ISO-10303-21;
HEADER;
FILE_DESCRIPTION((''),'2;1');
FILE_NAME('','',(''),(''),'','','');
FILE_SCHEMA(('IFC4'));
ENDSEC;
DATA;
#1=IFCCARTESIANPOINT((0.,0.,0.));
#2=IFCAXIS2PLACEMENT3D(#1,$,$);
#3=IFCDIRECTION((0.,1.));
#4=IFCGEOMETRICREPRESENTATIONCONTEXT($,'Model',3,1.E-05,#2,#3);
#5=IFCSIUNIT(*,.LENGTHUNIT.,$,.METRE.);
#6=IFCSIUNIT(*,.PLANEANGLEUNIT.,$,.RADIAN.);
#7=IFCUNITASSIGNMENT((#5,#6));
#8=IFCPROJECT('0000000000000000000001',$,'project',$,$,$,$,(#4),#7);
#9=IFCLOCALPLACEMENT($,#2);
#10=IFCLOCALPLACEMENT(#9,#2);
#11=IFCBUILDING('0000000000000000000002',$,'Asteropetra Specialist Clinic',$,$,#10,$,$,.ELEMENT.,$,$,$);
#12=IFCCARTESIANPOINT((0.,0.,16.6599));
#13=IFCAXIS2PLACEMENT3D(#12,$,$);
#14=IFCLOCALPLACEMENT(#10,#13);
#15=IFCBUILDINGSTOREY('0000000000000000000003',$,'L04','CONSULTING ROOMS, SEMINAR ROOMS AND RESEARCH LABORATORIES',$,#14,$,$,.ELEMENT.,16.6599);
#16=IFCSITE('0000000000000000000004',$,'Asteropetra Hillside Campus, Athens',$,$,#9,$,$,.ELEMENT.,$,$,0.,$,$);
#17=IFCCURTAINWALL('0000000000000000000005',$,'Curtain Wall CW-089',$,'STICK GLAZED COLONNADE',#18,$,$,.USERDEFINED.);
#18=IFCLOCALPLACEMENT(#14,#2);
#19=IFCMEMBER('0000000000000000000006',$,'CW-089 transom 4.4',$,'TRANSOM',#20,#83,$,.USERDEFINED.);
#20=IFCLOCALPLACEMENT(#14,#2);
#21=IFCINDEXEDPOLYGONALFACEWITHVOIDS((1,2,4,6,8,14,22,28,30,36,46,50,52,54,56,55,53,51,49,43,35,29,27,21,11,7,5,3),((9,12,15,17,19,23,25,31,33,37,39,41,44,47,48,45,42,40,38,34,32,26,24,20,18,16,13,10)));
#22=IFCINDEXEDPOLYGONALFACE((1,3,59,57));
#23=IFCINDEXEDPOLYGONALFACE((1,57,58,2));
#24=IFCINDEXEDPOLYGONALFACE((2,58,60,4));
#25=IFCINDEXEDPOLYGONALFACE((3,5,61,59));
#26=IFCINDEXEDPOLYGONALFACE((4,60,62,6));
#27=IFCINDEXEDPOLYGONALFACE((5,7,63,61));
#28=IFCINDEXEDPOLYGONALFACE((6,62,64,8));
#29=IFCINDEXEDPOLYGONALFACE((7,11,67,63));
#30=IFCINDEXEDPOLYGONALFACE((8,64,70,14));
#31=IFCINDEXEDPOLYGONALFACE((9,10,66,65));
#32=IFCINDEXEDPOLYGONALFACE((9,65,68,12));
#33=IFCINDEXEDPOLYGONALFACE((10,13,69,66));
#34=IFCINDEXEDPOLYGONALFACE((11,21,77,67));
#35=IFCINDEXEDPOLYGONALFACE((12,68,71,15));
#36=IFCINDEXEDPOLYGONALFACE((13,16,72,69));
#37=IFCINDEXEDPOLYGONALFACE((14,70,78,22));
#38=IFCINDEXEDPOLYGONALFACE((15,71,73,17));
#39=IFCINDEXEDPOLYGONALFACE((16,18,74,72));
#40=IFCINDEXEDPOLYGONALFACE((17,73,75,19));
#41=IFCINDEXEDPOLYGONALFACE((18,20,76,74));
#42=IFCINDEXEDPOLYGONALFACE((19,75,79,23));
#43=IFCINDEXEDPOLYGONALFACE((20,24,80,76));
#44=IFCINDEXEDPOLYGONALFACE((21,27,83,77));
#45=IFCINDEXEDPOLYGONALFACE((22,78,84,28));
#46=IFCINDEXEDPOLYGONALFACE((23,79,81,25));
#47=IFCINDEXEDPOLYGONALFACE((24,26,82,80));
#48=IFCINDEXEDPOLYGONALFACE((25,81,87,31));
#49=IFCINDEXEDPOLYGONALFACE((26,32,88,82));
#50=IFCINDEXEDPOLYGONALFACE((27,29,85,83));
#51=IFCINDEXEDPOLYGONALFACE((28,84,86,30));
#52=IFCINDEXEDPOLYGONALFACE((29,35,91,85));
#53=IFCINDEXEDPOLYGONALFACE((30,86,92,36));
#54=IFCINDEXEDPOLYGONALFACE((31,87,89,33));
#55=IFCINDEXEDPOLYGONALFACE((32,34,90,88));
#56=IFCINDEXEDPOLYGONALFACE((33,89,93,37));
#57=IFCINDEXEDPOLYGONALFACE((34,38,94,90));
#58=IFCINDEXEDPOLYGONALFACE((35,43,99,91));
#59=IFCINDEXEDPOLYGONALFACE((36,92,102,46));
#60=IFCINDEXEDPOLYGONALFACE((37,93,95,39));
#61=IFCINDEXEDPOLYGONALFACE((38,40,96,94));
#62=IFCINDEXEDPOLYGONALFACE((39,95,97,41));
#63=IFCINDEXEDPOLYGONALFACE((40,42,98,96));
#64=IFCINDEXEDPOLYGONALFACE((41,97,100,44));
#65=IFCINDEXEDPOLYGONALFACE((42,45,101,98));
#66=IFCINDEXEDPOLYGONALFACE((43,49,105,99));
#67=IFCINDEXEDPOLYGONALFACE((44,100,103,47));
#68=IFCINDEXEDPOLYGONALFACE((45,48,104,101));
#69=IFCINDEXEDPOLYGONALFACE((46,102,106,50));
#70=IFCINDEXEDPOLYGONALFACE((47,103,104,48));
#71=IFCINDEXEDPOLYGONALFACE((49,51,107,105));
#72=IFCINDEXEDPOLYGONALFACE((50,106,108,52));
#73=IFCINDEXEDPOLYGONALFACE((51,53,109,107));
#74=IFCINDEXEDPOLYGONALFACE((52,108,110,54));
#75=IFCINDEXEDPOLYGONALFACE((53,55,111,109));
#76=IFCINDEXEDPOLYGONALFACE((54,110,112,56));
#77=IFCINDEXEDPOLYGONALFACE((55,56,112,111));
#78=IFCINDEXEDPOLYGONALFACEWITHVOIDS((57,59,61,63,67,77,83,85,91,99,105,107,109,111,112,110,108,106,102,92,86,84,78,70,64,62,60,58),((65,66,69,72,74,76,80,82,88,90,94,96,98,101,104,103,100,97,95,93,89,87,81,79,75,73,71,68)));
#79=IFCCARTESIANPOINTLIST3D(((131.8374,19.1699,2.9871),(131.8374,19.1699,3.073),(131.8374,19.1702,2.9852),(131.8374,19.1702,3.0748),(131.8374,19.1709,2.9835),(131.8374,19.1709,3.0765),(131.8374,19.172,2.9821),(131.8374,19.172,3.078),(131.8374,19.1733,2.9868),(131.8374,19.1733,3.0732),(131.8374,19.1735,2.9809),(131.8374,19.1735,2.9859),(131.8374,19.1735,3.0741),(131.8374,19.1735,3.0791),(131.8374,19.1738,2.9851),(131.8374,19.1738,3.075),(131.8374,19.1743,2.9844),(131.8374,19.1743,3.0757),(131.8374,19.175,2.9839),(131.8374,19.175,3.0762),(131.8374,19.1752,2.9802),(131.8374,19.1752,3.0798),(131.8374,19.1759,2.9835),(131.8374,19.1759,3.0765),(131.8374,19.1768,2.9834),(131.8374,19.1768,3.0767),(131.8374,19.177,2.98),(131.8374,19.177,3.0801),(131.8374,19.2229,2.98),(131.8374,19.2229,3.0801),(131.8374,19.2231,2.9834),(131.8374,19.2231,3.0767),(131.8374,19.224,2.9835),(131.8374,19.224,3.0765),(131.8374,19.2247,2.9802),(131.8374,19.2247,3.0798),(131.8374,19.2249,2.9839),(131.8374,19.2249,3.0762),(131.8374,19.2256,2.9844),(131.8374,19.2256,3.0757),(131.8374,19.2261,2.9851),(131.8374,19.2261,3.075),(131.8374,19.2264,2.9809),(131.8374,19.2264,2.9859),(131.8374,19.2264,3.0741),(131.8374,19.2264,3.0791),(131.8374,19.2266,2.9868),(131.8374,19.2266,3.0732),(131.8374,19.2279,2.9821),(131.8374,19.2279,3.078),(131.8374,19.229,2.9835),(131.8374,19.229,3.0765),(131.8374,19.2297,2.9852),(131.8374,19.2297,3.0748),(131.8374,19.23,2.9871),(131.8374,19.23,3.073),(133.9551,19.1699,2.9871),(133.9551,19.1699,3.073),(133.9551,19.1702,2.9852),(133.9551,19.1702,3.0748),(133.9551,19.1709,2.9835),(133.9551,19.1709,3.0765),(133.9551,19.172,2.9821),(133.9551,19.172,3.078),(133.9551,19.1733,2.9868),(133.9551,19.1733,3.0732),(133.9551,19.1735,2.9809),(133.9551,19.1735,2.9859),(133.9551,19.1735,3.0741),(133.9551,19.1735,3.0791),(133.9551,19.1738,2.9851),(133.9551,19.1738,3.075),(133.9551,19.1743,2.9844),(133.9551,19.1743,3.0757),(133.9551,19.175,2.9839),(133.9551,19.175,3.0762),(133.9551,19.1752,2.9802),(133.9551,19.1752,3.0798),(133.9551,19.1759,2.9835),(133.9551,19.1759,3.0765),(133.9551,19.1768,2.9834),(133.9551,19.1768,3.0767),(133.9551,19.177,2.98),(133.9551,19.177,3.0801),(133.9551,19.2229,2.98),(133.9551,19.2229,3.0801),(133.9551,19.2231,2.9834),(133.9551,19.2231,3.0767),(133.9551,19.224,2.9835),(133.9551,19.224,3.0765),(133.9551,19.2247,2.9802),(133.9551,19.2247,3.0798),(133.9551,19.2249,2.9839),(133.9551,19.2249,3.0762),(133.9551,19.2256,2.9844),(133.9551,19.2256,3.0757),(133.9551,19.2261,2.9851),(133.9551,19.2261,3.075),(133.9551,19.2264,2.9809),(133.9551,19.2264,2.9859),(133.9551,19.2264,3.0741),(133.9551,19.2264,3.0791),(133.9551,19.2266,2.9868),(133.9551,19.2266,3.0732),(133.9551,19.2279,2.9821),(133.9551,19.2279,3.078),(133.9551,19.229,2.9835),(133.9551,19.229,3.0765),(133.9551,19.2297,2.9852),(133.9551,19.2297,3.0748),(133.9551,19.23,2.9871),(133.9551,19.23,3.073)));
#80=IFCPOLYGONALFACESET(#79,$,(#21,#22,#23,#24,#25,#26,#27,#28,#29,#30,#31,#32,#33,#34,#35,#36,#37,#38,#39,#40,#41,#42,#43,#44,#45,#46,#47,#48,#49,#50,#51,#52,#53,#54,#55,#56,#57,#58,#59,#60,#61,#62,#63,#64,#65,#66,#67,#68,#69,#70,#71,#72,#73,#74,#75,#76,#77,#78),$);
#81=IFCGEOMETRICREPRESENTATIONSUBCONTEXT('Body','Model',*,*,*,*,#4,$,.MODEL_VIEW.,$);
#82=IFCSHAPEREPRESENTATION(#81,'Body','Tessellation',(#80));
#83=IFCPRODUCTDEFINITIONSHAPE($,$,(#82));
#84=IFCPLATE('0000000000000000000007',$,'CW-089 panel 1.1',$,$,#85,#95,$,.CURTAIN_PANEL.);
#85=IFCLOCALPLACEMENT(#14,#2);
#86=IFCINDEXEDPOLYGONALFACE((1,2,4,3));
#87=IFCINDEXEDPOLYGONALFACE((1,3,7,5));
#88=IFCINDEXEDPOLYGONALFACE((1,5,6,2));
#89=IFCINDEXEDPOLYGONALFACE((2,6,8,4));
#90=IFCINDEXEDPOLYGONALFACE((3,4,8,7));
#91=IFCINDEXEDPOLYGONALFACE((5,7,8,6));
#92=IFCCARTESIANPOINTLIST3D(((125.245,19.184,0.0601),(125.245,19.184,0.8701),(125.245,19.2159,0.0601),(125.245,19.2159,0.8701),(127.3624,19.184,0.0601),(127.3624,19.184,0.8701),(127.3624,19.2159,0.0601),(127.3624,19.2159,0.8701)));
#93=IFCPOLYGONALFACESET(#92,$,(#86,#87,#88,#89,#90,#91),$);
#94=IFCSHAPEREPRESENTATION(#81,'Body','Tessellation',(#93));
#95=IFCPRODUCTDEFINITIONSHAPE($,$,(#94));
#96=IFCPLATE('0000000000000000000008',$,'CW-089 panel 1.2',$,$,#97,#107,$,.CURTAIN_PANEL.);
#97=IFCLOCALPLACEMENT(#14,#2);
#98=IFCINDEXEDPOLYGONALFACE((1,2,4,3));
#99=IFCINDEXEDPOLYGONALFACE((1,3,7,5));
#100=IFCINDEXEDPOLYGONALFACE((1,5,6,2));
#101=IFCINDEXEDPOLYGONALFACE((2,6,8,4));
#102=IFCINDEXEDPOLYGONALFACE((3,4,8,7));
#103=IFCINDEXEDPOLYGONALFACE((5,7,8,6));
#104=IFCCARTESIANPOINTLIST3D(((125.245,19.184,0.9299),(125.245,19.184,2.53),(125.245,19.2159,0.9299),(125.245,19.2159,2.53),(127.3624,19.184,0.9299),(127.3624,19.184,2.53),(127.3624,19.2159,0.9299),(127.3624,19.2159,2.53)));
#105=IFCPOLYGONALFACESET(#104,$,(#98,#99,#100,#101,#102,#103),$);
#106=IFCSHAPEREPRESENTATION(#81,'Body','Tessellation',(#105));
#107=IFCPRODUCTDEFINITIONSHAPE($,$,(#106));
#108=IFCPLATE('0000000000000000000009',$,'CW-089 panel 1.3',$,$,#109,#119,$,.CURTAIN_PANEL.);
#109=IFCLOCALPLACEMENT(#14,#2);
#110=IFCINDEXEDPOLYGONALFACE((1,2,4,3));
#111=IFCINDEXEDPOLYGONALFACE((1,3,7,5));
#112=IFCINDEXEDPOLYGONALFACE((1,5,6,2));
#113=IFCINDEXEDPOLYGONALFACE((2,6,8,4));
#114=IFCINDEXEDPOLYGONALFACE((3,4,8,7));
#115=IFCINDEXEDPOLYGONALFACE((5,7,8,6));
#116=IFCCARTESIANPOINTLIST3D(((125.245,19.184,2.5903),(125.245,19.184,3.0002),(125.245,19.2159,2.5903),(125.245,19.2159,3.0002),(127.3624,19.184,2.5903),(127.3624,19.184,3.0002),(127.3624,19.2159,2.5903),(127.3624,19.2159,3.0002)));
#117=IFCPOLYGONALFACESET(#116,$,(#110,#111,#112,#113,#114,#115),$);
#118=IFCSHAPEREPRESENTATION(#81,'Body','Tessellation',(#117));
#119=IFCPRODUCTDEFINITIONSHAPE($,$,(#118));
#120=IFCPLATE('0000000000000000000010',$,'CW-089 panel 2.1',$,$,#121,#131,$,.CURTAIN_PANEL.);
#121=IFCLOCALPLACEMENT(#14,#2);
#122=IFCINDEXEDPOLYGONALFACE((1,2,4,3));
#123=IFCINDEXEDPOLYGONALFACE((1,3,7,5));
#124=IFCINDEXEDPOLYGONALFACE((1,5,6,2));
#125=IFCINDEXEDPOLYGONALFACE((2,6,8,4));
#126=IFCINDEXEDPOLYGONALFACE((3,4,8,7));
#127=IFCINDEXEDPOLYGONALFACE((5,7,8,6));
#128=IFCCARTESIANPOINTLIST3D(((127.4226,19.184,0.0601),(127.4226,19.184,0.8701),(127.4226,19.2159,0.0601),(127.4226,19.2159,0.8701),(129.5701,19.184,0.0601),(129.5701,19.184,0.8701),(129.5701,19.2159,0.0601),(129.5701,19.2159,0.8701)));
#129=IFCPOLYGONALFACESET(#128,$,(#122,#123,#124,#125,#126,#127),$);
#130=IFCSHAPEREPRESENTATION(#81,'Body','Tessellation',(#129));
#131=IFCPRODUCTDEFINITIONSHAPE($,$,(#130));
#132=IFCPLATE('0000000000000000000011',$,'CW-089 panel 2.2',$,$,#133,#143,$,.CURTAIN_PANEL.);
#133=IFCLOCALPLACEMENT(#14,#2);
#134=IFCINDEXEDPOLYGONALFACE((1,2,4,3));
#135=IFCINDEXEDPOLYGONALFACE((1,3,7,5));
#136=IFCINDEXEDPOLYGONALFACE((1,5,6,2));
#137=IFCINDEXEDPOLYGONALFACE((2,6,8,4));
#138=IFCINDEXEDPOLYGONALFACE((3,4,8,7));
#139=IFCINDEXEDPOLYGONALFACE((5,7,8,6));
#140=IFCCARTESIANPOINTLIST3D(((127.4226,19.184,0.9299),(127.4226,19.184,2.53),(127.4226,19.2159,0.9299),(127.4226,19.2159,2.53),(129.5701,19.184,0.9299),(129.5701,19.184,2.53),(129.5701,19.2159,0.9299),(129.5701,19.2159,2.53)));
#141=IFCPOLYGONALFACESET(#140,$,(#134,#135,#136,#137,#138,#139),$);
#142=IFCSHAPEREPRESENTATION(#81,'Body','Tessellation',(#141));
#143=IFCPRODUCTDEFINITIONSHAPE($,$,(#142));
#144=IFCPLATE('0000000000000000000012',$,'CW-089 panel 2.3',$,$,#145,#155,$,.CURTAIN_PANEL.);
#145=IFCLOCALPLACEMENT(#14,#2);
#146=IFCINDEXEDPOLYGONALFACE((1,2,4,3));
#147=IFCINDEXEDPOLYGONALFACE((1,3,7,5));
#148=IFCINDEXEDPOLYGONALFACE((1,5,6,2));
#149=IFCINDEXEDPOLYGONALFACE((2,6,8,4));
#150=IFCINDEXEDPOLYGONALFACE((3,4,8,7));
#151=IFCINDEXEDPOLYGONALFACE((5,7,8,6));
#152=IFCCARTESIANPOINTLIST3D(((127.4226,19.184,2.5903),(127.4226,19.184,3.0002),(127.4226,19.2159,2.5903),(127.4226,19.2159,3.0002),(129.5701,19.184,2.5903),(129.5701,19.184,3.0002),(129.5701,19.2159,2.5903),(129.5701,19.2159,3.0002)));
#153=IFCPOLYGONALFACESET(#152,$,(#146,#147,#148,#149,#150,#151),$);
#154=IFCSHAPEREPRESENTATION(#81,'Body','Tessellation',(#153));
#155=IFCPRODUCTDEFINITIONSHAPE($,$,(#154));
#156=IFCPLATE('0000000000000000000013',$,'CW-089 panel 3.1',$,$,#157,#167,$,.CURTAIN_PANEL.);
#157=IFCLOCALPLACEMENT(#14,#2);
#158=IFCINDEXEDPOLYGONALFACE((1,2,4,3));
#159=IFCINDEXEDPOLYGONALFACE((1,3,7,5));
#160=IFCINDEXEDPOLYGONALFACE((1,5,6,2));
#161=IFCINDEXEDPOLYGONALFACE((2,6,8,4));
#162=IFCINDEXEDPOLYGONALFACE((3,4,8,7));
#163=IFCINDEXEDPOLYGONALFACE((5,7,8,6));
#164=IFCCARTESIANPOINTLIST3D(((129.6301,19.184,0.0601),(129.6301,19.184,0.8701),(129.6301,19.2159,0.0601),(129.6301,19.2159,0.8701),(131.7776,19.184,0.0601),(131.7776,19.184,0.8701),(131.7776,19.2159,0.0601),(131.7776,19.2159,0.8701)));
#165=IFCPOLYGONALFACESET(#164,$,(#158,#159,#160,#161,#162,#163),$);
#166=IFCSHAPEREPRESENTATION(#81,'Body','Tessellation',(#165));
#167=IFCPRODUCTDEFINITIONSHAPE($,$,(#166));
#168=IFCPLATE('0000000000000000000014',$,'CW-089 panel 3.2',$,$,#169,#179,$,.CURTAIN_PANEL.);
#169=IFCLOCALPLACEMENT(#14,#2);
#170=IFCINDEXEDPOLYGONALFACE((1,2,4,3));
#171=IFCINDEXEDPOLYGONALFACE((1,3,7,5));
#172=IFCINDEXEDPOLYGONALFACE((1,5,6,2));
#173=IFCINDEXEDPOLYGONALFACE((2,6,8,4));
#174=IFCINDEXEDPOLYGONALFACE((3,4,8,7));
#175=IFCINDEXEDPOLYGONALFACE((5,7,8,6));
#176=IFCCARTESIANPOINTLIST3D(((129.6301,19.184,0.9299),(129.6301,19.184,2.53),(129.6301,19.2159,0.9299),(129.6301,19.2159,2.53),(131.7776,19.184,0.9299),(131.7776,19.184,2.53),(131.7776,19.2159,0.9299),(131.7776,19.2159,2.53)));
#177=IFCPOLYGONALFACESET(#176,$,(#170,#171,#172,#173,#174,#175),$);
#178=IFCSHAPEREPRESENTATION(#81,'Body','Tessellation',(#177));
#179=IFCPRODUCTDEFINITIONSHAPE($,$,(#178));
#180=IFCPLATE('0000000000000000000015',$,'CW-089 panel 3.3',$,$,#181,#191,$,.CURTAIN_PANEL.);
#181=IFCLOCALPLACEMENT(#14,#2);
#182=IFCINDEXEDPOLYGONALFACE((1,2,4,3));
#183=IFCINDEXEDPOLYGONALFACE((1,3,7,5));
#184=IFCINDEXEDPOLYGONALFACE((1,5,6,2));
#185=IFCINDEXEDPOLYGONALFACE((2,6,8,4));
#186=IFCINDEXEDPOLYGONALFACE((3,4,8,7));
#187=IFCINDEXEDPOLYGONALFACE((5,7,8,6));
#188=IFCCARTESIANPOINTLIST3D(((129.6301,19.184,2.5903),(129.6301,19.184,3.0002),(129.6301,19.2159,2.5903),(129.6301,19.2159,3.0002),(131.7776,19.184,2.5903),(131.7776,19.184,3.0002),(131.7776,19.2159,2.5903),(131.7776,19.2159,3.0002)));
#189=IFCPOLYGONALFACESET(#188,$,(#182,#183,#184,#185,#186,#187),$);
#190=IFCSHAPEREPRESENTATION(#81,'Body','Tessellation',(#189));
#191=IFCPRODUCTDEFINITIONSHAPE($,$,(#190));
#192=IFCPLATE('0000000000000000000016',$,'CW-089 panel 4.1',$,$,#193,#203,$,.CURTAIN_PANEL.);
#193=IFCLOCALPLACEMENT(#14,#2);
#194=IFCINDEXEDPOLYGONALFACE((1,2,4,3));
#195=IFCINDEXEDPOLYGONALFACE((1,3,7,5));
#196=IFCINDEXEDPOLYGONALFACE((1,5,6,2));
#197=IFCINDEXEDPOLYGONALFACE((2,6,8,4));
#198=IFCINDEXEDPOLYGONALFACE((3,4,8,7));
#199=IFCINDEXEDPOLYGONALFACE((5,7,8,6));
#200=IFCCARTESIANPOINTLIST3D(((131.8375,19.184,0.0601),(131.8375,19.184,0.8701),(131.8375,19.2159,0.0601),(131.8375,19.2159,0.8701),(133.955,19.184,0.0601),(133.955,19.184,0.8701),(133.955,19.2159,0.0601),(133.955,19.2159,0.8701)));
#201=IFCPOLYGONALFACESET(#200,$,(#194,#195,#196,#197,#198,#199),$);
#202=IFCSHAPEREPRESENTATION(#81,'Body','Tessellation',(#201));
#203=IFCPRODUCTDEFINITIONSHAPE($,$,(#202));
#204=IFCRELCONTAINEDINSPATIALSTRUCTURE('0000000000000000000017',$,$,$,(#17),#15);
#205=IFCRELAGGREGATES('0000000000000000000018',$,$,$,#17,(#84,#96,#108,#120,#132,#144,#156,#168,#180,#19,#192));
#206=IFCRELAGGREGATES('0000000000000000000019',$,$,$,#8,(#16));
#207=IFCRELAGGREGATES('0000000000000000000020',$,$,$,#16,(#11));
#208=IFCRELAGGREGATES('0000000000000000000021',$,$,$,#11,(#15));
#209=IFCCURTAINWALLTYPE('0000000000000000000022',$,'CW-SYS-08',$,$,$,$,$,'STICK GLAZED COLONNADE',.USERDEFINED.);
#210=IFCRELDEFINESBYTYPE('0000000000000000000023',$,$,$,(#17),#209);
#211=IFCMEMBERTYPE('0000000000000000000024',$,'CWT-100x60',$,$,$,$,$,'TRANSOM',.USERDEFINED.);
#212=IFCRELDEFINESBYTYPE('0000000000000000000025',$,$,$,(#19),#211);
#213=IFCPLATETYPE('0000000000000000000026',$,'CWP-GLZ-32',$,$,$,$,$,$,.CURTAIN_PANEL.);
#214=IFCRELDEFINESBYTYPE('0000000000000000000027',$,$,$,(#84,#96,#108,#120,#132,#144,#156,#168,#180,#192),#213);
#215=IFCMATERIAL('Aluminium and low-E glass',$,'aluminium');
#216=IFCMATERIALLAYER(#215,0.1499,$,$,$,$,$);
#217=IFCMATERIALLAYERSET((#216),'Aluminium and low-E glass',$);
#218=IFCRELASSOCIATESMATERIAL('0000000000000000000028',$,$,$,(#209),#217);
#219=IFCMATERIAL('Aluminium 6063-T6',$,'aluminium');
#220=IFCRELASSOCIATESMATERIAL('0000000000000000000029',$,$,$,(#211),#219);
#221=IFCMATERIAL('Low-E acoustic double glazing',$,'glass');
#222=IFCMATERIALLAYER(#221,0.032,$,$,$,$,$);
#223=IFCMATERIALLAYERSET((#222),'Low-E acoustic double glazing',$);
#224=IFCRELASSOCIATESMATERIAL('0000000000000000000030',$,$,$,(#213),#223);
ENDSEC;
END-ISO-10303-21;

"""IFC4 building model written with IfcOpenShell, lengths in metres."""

from ifc_helpers import new_model, si_unit, direction, frame, origin, origin_2d, place, context, subcontext, project, spatial, rectangle, hollow_rectangle, extrude, material, layer, layer_set, material_profile, profile_set, type_object, element, aggregate, save


model = new_model("IFC4")

# Units and contexts
model_context = context("Model", 3, precision=1e-05, world=origin(), true_north=direction((0.0, 1.0)))
body_context = subcontext(model_context, "Body", "Model", "MODEL_VIEW")
ifc_project = project(units=[si_unit("LENGTHUNIT", "METRE"), si_unit("PLANEANGLEUNIT", "RADIAN")], contexts=[model_context])

# Site, building, storey
site_placement = place(None, origin())
site = spatial("IfcSite", under=ifc_project, at=site_placement, Name="Asteropetra Hillside Campus, Athens", CompositionType="ELEMENT", RefElevation=0.0)
building_placement = place(site_placement, origin())
building = spatial("IfcBuilding", under=site, at=building_placement, Name="Asteropetra Specialist Clinic", CompositionType="ELEMENT")
storey_placement = place(building_placement, frame((0.0, 0.0, 16.6599)))
storey = spatial("IfcBuildingStorey", under=building, at=storey_placement, Name="L04", Description="CONSULTING ROOMS, SEMINAR ROOMS AND RESEARCH LABORATORIES", CompositionType="ELEMENT", Elevation=16.6599)

# Curtain wall, member, plates
ifc_material_1 = material(Name="Aluminium and low-E glass", Category="aluminium")
ifc_layer_1 = layer(ifc_material_1, 0.1499)
ifc_layer_set_1 = layer_set([ifc_layer_1], Name="Aluminium and low-E glass")
curtain_wall_type = type_object("IfcCurtainWallType", Name="CW-SYS-08", ElementType="STICK GLAZED COLONNADE", PredefinedType="USERDEFINED", material=ifc_layer_set_1)
curtain_wall_placement = place(storey_placement, origin())
curtain_wall = element("IfcCurtainWall", 1, at=curtain_wall_placement, inside=storey, type_object=curtain_wall_type, Name="Curtain Wall CW-089", ObjectType="STICK GLAZED COLONNADE", PredefinedType="USERDEFINED")
ifc_material_2 = material(Name="Aluminium 6063-T6", Category="aluminium")
ifc_material_profile_1 = material_profile(ifc_material_2, hollow_rectangle(XDim=0.0601, YDim=0.1001, WallThickness=0.0034, InnerFilletRadius=0.0034, OuterFilletRadius=0.0071, at=origin_2d()), Name="TRN 100x60x3.5")
ifc_profile_set_1 = profile_set([ifc_material_profile_1], Name="Aluminium 6063-T6")
member_type_1 = type_object("IfcMemberType", Name="CWT-100x60", ElementType="TRANSOM", PredefinedType="USERDEFINED", material=ifc_profile_set_1)
member_1_placement = place(storey_placement, frame((131.8374, 19.2, 3.03), z_axis=(1.0, 0.0, 0.0), x_axis=(0.0, 1.0, 0.0)))
member_1 = element("IfcMember", 2, at=member_1_placement, type_object=member_type_1, Name="CW-089 transom 4.4", ObjectType="TRANSOM", PredefinedType="USERDEFINED", context=body_context, shape_type="SweptSolid", body=[
    extrude(hollow_rectangle(XDim=0.0601, YDim=0.1001, WallThickness=0.0034, InnerFilletRadius=0.0034, OuterFilletRadius=0.0071, at=origin_2d()), origin(), (0.0, 0.0, 1.0), 2.1177),
])
ifc_material_3 = material(Name="Low-E acoustic double glazing", Category="glass")
ifc_layer_2 = layer(ifc_material_3, 0.032)
ifc_layer_set_2 = layer_set([ifc_layer_2], Name="Low-E acoustic double glazing")
plate_type = type_object("IfcPlateType", Name="CWP-GLZ-32", PredefinedType="CURTAIN_PANEL", material=ifc_layer_set_2)
plate_1_placement = place(storey_placement, frame((126.3037, 19.2, 0.0601), z_axis=(0.0, 0.0, 1.0), x_axis=(1.0, 0.0, 0.0)))
plate_1 = element("IfcPlate", 3, at=plate_1_placement, type_object=plate_type, Name="CW-089 panel 1.1", PredefinedType="CURTAIN_PANEL", context=body_context, shape_type="SweptSolid", body=[
    extrude(rectangle(XDim=2.1174, YDim=0.032, at=origin_2d()), origin(), (0.0, 0.0, 1.0), 0.8101),
])
plate_2_placement = place(storey_placement, frame((126.3037, 19.2, 0.9299), z_axis=(0.0, 0.0, 1.0), x_axis=(1.0, 0.0, 0.0)))
plate_2 = element("IfcPlate", 4, at=plate_2_placement, type_object=plate_type, Name="CW-089 panel 1.2", PredefinedType="CURTAIN_PANEL", context=body_context, shape_type="SweptSolid", body=[
    extrude(rectangle(XDim=2.1174, YDim=0.032, at=origin_2d()), origin(), (0.0, 0.0, 1.0), 1.6001),
])
plate_3_placement = place(storey_placement, frame((126.3037, 19.2, 2.5903), z_axis=(0.0, 0.0, 1.0), x_axis=(1.0, 0.0, 0.0)))
plate_3 = element("IfcPlate", 5, at=plate_3_placement, type_object=plate_type, Name="CW-089 panel 1.3", PredefinedType="CURTAIN_PANEL", context=body_context, shape_type="SweptSolid", body=[
    extrude(rectangle(XDim=2.1174, YDim=0.032, at=origin_2d()), origin(), (0.0, 0.0, 1.0), 0.4099),
])
plate_4_placement = place(storey_placement, frame((128.4963, 19.2, 0.0601), z_axis=(0.0, 0.0, 1.0), x_axis=(1.0, 0.0, 0.0)))
plate_4 = element("IfcPlate", 6, at=plate_4_placement, type_object=plate_type, Name="CW-089 panel 2.1", PredefinedType="CURTAIN_PANEL", context=body_context, shape_type="SweptSolid", body=[
    extrude(rectangle(XDim=2.1475, YDim=0.032, at=origin_2d()), origin(), (0.0, 0.0, 1.0), 0.8101),
])
plate_5_placement = place(storey_placement, frame((128.4963, 19.2, 0.9299), z_axis=(0.0, 0.0, 1.0), x_axis=(1.0, 0.0, 0.0)))
plate_5 = element("IfcPlate", 7, at=plate_5_placement, type_object=plate_type, Name="CW-089 panel 2.2", PredefinedType="CURTAIN_PANEL", context=body_context, shape_type="SweptSolid", body=[
    extrude(rectangle(XDim=2.1475, YDim=0.032, at=origin_2d()), origin(), (0.0, 0.0, 1.0), 1.6001),
])
plate_6_placement = place(storey_placement, frame((128.4963, 19.2, 2.5903), z_axis=(0.0, 0.0, 1.0), x_axis=(1.0, 0.0, 0.0)))
plate_6 = element("IfcPlate", 8, at=plate_6_placement, type_object=plate_type, Name="CW-089 panel 2.3", PredefinedType="CURTAIN_PANEL", context=body_context, shape_type="SweptSolid", body=[
    extrude(rectangle(XDim=2.1475, YDim=0.032, at=origin_2d()), origin(), (0.0, 0.0, 1.0), 0.4099),
])
plate_7_placement = place(storey_placement, frame((130.7039, 19.2, 0.0601), z_axis=(0.0, 0.0, 1.0), x_axis=(1.0, 0.0, 0.0)))
plate_7 = element("IfcPlate", 9, at=plate_7_placement, type_object=plate_type, Name="CW-089 panel 3.1", PredefinedType="CURTAIN_PANEL", context=body_context, shape_type="SweptSolid", body=[
    extrude(rectangle(XDim=2.1475, YDim=0.032, at=origin_2d()), origin(), (0.0, 0.0, 1.0), 0.8101),
])
plate_8_placement = place(storey_placement, frame((130.7039, 19.2, 0.9299), z_axis=(0.0, 0.0, 1.0), x_axis=(1.0, 0.0, 0.0)))
plate_8 = element("IfcPlate", 10, at=plate_8_placement, type_object=plate_type, Name="CW-089 panel 3.2", PredefinedType="CURTAIN_PANEL", context=body_context, shape_type="SweptSolid", body=[
    extrude(rectangle(XDim=2.1475, YDim=0.032, at=origin_2d()), origin(), (0.0, 0.0, 1.0), 1.6001),
])
plate_9_placement = place(storey_placement, frame((130.7039, 19.2, 2.5903), z_axis=(0.0, 0.0, 1.0), x_axis=(1.0, 0.0, 0.0)))
plate_9 = element("IfcPlate", 11, at=plate_9_placement, type_object=plate_type, Name="CW-089 panel 3.3", PredefinedType="CURTAIN_PANEL", context=body_context, shape_type="SweptSolid", body=[
    extrude(rectangle(XDim=2.1475, YDim=0.032, at=origin_2d()), origin(), (0.0, 0.0, 1.0), 0.4099),
])
plate_10_placement = place(storey_placement, frame((132.8962, 19.2, 0.0601), z_axis=(0.0, 0.0, 1.0), x_axis=(1.0, 0.0, 0.0)))
plate_10 = element("IfcPlate", 12, at=plate_10_placement, type_object=plate_type, Name="CW-089 panel 4.1", PredefinedType="CURTAIN_PANEL", context=body_context, shape_type="SweptSolid", body=[
    extrude(rectangle(XDim=2.1174, YDim=0.032, at=origin_2d()), origin(), (0.0, 0.0, 1.0), 0.8101),
])
aggregate(curtain_wall, [plate_1, plate_2, plate_3, plate_4, plate_5, plate_6, plate_7, plate_8, plate_9, member_1, plate_10])

save(model, "model.ifc")
